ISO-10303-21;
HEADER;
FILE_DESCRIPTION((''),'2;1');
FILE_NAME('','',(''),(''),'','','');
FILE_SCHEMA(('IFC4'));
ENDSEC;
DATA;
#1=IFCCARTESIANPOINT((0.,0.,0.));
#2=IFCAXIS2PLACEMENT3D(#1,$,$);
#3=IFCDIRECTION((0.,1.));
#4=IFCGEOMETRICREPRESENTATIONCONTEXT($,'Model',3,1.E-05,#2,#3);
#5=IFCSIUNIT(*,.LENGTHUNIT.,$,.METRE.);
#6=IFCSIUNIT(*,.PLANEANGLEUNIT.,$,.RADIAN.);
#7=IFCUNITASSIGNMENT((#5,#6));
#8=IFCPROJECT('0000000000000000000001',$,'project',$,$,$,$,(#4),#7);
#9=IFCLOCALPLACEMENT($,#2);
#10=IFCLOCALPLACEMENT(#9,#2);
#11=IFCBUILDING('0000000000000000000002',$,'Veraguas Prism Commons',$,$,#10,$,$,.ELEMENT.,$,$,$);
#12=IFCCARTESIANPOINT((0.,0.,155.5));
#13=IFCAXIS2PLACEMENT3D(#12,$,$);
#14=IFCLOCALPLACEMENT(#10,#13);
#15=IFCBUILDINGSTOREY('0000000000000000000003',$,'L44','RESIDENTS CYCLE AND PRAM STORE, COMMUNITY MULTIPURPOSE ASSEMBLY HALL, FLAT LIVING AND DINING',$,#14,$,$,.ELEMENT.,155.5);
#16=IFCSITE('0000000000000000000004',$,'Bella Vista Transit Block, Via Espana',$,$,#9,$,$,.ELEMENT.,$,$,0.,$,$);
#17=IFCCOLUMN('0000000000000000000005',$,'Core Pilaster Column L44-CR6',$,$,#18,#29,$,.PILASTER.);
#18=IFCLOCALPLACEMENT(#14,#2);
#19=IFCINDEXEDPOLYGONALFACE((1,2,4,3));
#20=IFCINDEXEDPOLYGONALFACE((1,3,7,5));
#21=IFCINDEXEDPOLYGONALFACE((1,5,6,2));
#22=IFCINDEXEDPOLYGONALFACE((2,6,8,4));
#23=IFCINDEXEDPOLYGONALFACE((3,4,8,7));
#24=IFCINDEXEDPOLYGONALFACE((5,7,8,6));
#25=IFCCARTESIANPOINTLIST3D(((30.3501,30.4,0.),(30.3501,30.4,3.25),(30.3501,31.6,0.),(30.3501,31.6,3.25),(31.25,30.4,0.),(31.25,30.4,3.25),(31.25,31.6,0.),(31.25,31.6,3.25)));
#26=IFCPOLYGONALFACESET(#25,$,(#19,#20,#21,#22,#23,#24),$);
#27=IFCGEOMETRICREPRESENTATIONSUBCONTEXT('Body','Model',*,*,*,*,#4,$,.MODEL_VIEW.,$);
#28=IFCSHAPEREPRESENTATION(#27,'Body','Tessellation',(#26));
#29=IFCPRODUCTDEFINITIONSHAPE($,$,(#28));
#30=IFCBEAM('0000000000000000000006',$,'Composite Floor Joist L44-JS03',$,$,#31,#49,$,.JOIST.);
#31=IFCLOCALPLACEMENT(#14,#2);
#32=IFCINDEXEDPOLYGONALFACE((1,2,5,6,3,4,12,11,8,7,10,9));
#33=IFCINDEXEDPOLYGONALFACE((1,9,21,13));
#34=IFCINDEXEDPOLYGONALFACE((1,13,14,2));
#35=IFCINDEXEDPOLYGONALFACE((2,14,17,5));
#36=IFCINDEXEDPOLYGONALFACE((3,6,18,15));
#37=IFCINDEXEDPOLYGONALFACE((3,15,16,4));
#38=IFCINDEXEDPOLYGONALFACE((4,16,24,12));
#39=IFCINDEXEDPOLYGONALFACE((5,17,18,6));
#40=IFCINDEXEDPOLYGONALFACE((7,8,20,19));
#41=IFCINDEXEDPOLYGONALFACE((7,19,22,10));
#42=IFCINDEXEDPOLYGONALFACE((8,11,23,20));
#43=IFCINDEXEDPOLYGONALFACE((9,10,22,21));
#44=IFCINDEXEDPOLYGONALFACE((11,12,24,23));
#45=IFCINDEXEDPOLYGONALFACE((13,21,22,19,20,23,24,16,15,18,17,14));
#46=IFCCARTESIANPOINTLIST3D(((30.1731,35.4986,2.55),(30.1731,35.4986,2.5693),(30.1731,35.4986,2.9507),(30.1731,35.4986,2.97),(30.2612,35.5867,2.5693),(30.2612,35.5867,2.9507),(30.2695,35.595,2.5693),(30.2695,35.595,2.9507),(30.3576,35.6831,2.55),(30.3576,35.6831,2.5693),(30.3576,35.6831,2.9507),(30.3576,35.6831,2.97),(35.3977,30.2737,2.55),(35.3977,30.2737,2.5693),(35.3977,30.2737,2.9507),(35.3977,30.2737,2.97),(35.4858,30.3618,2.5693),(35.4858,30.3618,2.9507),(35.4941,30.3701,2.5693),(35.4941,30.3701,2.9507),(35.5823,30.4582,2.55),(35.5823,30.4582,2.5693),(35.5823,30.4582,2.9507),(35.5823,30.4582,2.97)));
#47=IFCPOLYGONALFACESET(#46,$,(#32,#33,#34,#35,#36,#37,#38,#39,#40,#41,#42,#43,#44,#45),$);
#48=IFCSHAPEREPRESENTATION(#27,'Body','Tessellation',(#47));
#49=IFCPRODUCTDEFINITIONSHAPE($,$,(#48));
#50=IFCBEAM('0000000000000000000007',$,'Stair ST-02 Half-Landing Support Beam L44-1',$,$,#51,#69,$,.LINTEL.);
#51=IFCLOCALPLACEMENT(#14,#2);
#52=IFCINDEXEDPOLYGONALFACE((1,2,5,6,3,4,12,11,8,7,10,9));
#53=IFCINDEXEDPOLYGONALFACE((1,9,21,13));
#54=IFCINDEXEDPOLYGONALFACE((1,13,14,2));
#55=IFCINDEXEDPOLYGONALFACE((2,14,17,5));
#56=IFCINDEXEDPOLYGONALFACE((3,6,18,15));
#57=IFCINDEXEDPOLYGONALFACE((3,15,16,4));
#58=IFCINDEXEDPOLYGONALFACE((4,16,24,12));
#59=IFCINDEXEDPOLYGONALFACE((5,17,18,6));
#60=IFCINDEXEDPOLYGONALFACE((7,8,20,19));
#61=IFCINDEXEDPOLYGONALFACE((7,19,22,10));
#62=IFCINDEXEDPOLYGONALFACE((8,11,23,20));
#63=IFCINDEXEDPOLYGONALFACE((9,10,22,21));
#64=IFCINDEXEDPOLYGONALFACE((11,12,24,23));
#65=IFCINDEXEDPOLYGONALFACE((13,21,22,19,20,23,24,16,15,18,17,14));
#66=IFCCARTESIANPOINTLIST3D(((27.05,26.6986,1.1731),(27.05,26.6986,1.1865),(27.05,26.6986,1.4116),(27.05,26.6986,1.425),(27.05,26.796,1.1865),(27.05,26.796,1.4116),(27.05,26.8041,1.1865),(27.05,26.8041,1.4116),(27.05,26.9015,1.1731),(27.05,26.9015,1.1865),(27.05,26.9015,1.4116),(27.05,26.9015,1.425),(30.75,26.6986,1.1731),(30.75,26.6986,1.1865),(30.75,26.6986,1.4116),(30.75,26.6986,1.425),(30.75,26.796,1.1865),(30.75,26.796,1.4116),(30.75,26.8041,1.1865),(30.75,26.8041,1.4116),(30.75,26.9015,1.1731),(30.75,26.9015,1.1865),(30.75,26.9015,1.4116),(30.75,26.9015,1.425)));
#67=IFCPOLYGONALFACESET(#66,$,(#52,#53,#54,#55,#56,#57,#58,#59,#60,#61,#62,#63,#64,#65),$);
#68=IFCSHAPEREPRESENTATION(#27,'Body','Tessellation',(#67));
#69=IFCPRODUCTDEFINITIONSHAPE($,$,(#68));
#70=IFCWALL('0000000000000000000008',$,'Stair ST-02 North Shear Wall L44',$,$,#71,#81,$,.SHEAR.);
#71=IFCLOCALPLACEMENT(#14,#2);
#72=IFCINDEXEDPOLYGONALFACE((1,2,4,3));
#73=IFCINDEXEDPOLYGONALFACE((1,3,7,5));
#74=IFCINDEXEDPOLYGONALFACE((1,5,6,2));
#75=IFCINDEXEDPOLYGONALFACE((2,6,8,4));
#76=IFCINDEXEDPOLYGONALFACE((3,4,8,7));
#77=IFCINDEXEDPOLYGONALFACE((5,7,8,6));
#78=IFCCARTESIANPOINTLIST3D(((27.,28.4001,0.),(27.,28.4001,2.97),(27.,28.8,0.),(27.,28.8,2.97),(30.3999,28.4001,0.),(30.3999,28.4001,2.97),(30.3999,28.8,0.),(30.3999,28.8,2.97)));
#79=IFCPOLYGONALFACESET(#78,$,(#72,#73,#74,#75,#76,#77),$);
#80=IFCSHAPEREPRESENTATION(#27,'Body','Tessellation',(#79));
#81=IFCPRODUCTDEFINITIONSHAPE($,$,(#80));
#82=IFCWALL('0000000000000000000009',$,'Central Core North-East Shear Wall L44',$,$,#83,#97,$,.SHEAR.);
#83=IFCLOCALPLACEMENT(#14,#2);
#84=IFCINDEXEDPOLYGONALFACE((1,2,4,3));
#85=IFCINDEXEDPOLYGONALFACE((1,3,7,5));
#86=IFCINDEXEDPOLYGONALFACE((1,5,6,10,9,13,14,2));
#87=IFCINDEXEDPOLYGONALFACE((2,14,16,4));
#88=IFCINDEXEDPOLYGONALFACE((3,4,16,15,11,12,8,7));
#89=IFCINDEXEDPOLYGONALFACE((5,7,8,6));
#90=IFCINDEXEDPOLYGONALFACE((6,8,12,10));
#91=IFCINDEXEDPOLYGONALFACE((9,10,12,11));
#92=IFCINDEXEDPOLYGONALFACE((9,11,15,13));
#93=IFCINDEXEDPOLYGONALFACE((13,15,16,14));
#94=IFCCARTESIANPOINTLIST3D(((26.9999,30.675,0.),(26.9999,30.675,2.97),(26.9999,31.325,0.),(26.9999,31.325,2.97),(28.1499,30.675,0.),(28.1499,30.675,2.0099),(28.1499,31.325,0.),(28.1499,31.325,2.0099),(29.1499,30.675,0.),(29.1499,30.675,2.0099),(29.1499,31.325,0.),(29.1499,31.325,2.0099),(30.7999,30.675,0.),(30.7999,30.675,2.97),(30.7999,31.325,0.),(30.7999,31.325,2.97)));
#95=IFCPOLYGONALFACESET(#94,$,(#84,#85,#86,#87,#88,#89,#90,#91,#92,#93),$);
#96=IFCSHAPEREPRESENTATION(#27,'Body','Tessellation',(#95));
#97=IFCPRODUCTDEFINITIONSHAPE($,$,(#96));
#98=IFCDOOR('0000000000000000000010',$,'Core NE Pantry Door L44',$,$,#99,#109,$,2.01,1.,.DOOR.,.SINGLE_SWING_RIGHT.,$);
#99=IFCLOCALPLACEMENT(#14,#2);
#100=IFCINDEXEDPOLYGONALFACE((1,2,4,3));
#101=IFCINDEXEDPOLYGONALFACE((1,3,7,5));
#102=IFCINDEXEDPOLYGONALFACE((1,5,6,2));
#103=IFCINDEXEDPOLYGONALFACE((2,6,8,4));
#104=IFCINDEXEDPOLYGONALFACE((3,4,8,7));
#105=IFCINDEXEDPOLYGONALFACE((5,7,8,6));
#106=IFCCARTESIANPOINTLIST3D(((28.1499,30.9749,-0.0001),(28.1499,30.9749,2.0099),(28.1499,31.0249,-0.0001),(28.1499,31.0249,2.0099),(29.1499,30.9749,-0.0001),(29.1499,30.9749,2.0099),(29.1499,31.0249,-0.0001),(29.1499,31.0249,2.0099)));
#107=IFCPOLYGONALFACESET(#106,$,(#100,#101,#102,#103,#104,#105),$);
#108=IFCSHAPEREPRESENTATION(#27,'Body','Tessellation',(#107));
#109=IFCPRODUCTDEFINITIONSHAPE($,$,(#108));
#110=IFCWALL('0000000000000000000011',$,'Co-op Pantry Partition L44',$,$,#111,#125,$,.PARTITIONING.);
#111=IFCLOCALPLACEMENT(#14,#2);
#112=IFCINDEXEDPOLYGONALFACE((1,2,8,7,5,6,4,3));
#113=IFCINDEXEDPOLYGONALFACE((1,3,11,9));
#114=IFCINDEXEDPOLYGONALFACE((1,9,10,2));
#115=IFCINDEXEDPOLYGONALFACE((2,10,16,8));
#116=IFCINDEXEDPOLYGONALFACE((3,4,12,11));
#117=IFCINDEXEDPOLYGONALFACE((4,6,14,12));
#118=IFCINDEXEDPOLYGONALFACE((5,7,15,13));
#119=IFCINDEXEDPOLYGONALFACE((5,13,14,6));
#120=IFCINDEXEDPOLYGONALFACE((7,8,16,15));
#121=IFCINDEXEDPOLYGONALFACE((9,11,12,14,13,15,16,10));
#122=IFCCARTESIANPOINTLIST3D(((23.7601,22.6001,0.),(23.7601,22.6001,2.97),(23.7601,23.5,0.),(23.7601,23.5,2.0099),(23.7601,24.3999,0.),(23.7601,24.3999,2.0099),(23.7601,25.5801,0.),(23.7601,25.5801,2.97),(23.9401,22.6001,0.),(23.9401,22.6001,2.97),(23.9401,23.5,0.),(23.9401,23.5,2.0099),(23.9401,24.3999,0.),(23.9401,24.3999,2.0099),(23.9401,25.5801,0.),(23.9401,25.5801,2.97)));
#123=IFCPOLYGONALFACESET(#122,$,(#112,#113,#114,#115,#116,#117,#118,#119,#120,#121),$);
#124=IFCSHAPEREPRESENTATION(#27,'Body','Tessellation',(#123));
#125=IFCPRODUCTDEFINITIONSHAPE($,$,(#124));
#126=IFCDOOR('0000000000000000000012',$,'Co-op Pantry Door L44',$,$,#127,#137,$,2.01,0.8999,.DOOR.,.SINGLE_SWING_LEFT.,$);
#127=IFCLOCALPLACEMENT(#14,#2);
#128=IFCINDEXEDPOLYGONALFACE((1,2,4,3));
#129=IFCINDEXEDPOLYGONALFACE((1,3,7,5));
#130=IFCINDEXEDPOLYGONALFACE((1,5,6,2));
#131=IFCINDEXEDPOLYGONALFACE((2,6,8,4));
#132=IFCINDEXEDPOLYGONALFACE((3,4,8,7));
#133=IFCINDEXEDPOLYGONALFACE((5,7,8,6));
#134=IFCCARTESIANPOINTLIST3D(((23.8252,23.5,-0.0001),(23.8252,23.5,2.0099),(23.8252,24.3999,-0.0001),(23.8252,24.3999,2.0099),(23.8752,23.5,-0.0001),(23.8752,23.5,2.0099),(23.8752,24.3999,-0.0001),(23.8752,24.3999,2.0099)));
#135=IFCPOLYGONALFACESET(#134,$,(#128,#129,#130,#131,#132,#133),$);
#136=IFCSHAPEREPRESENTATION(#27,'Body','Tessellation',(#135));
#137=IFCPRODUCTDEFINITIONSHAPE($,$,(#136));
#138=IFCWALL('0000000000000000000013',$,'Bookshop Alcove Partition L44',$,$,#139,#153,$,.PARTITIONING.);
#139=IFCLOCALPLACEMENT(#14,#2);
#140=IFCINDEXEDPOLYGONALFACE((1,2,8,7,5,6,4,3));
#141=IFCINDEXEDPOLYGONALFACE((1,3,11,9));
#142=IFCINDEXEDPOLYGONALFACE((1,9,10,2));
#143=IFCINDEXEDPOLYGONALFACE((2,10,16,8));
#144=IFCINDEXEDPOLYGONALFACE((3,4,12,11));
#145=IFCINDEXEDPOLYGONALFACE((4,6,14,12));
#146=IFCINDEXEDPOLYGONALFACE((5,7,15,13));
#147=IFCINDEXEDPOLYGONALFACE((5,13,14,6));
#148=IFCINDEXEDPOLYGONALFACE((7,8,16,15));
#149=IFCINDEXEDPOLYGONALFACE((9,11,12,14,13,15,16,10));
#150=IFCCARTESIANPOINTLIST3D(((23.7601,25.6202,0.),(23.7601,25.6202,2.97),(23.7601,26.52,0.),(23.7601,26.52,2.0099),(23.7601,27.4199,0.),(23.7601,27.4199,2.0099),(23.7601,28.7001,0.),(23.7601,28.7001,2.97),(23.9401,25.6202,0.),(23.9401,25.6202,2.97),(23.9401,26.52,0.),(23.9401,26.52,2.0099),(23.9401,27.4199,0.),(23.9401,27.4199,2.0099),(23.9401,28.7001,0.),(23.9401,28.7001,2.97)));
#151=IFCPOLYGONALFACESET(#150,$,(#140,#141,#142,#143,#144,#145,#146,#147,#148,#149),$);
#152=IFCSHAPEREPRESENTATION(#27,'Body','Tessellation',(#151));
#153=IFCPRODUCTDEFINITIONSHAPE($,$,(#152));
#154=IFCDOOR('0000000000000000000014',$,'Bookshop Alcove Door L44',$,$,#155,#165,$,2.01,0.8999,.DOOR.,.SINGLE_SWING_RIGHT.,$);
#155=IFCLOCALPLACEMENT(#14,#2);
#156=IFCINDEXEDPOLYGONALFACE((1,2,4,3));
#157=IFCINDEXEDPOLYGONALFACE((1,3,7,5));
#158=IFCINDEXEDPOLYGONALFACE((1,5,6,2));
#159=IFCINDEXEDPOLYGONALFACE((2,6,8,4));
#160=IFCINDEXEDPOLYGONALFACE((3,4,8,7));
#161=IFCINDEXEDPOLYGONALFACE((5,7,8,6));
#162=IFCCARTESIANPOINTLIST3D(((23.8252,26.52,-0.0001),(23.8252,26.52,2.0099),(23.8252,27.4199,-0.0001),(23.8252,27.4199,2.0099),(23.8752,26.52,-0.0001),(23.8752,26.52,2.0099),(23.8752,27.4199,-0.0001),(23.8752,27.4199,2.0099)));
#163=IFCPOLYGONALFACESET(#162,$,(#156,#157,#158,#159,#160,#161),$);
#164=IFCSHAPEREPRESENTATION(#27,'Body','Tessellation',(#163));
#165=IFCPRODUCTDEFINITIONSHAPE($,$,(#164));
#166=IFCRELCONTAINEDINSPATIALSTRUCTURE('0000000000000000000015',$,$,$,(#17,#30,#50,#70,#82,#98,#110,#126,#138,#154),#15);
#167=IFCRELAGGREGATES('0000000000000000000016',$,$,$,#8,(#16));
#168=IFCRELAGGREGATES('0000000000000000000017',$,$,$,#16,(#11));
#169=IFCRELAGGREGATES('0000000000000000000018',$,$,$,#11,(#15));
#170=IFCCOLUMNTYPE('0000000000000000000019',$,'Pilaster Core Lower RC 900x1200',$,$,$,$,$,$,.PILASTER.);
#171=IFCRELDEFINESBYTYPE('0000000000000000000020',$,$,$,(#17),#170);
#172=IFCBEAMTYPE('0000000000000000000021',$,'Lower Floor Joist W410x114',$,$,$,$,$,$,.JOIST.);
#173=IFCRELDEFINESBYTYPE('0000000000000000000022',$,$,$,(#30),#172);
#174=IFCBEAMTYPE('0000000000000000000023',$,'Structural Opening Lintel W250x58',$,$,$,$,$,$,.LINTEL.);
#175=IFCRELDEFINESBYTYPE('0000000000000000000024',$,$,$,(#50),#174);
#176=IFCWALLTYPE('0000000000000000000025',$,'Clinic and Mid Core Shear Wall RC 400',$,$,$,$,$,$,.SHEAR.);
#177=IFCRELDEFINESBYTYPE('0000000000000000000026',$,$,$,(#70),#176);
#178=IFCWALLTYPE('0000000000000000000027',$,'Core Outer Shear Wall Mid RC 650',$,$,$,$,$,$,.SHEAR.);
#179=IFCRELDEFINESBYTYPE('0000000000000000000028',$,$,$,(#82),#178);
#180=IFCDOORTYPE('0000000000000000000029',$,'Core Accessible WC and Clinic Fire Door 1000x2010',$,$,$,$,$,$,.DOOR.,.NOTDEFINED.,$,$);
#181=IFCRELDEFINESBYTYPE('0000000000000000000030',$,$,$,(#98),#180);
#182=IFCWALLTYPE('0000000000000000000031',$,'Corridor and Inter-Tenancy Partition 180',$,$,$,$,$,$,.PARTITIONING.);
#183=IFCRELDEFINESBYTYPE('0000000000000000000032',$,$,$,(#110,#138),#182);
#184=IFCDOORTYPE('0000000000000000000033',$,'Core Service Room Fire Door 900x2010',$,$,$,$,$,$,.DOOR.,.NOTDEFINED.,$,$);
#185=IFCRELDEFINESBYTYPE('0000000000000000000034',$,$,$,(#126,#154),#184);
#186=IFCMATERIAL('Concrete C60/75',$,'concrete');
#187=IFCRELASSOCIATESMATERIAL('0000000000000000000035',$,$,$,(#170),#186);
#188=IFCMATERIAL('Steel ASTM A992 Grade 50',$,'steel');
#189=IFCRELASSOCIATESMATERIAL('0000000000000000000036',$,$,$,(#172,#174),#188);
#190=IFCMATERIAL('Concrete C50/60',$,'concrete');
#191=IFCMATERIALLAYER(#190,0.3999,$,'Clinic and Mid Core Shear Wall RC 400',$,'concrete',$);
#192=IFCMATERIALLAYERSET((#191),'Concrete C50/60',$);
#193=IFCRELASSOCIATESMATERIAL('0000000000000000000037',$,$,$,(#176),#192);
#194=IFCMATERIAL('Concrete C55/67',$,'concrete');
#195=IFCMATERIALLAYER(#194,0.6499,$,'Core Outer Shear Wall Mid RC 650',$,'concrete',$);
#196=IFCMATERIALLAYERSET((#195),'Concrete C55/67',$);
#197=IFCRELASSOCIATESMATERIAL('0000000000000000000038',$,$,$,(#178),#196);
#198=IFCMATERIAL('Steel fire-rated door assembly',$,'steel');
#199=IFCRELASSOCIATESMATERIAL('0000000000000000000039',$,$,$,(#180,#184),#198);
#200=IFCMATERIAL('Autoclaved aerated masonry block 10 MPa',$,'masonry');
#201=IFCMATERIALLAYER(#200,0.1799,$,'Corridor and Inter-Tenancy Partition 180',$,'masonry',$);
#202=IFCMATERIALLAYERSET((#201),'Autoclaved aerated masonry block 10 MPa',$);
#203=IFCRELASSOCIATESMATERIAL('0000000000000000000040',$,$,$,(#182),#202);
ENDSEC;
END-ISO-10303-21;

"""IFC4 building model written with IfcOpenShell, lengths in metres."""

from ifc_helpers import new_model, si_unit, direction, frame, frame_2d, origin, origin_2d, place, context, subcontext, project, spatial, rectangle, i_section, extrude, source, transform, mapped, material, layer, layer_set, material_profile, profile_set, type_object, element, fill, save


model = new_model("IFC4")

# Units and contexts
model_context = context("Model", 3, precision=1e-05, world=origin(), true_north=direction((0.0, 1.0)))
body_context = subcontext(model_context, "Body", "Model", "MODEL_VIEW")
ifc_project = project(units=[si_unit("LENGTHUNIT", "METRE"), si_unit("PLANEANGLEUNIT", "RADIAN")], contexts=[model_context])

# Site, building, storey
site_placement = place(None, origin())
site = spatial("IfcSite", under=ifc_project, at=site_placement, Name="Bella Vista Transit Block, Via Espana", CompositionType="ELEMENT", RefElevation=0.0)
building_placement = place(site_placement, origin())
building = spatial("IfcBuilding", under=site, at=building_placement, Name="Veraguas Prism Commons", CompositionType="ELEMENT")
storey_placement = place(building_placement, frame((0.0, 0.0, 155.5)))
storey = spatial("IfcBuildingStorey", under=building, at=storey_placement, Name="L44", Description="RESIDENTS CYCLE AND PRAM STORE, COMMUNITY MULTIPURPOSE ASSEMBLY HALL, FLAT LIVING AND DINING", CompositionType="ELEMENT", Elevation=155.5)

# Column
ifc_material_1 = material(Name="Concrete C60/75", Category="concrete")
ifc_material_profile_1 = material_profile(ifc_material_1, rectangle(XDim=0.8999, YDim=1.2, at=origin_2d()), Name="RC900X1200")
ifc_profile_set_1 = profile_set([ifc_material_profile_1], Name="Concrete C60/75")
column_type = type_object("IfcColumnType", Name="Pilaster Core Lower RC 900x1200", PredefinedType="PILASTER", material=ifc_profile_set_1)
column_placement = place(storey_placement, frame((30.8, 31.0, 0.0), z_axis=(0.0, 0.0, 1.0), x_axis=(1.0, 0.0, 0.0)))
element("IfcColumn", 1, at=column_placement, inside=storey, type_object=column_type, Name="Core Pilaster Column L44-CR6", PredefinedType="PILASTER", context=body_context, shape_type="SweptSolid", body=[
    extrude(rectangle(XDim=0.8999, YDim=1.2, at=origin_2d()), origin(), (0.0, 0.0, 1.0), 3.25),
])

# Beams
ifc_material_2 = material(Name="Steel ASTM A992 Grade 50", Category="steel")
ifc_material_profile_2 = material_profile(ifc_material_2, i_section(OverallWidth=0.261, OverallDepth=0.4199, WebThickness=0.0117, FlangeThickness=0.0193, at=origin_2d()), Name="W410X114")
ifc_profile_set_2 = profile_set([ifc_material_profile_2], Name="Steel ASTM A992 Grade 50")
beam_type_1 = type_object("IfcBeamType", Name="Lower Floor Joist W410x114", PredefinedType="JOIST", material=ifc_profile_set_2)
beam_1_placement = place(storey_placement, frame((35.49, 30.366, 2.76), z_axis=(-0.70709, 0.707123, 0.0), x_axis=(-0.707123, -0.70709, 0.0)))
element("IfcBeam", 2, at=beam_1_placement, inside=storey, type_object=beam_type_1, Name="Composite Floor Joist L44-JS03", PredefinedType="JOIST", context=body_context, shape_type="SweptSolid", body=[
    extrude(i_section(OverallWidth=0.261, OverallDepth=0.4199, WebThickness=0.0117, FlangeThickness=0.0193, at=origin_2d()), origin(), (0.0, 0.0, 1.0), 7.3889),
])
ifc_material_profile_3 = material_profile(ifc_material_2, i_section(OverallWidth=0.2029, OverallDepth=0.252, WebThickness=0.0081, FlangeThickness=0.0134, at=origin_2d()), Name="W250X58")
ifc_profile_set_3 = profile_set([ifc_material_profile_3], Name="Steel ASTM A992 Grade 50")
beam_type_2 = type_object("IfcBeamType", Name="Structural Opening Lintel W250x58", PredefinedType="LINTEL", material=ifc_profile_set_3)
beam_2_placement = place(storey_placement, frame((27.05, 26.8, 1.2991), z_axis=(1.0, 0.0, 0.0), x_axis=(0.0, 1.0, 0.0)))
element("IfcBeam", 3, at=beam_2_placement, inside=storey, type_object=beam_type_2, Name="Stair ST-02 Half-Landing Support Beam L44-1", PredefinedType="LINTEL", context=body_context, shape_type="SweptSolid", body=[
    extrude(i_section(OverallWidth=0.2029, OverallDepth=0.252, WebThickness=0.0081, FlangeThickness=0.0134, at=origin_2d()), origin(), (0.0, 0.0, 1.0), 3.7),
])

# Wall
ifc_material_3 = material(Name="Concrete C50/60", Category="concrete")
ifc_layer_1 = layer(ifc_material_3, 0.3999, Name="Clinic and Mid Core Shear Wall RC 400", Category="concrete")
ifc_layer_set_1 = layer_set([ifc_layer_1], Name="Concrete C50/60")
wall_type_1 = type_object("IfcWallType", Name="Clinic and Mid Core Shear Wall RC 400", PredefinedType="SHEAR", material=ifc_layer_set_1)
wall_1_placement = place(storey_placement, frame((27.0, 28.6001, 0.0), z_axis=(0.0, 0.0, 1.0), x_axis=(1.0, 0.0, 0.0)))
element("IfcWall", 4, at=wall_1_placement, inside=storey, type_object=wall_type_1, Name="Stair ST-02 North Shear Wall L44", PredefinedType="SHEAR", context=body_context, shape_type="SweptSolid", body=[
    extrude(rectangle(XDim=3.3999, YDim=0.3999, at=frame_2d((1.7, 0.0))), origin(), (0.0, 0.0, 1.0), 2.97),
])

# Walls, openings, doors
ifc_material_4 = material(Name="Concrete C55/67", Category="concrete")
ifc_layer_2 = layer(ifc_material_4, 0.6499, Name="Core Outer Shear Wall Mid RC 650", Category="concrete")
ifc_layer_set_2 = layer_set([ifc_layer_2], Name="Concrete C55/67")
wall_type_2 = type_object("IfcWallType", Name="Core Outer Shear Wall Mid RC 650", PredefinedType="SHEAR", material=ifc_layer_set_2)
wall_2_placement = place(storey_placement, frame((27.0, 31.0, 0.0), z_axis=(0.0, 0.0, 1.0), x_axis=(1.0, 0.0, 0.0)))
wall_2 = element("IfcWall", 5, at=wall_2_placement, inside=storey, type_object=wall_type_2, Name="Central Core North-East Shear Wall L44", PredefinedType="SHEAR", context=body_context, shape_type="SweptSolid", body=[
    extrude(rectangle(XDim=3.8, YDim=0.6499, at=frame_2d((1.8999, 0.0))), origin(), (0.0, 0.0, 1.0), 2.97),
])
opening_1_placement = place(wall_2_placement, frame((1.1499, 0.0, 0.0)))
opening_1 = element("IfcOpeningElement", 6, at=opening_1_placement, cuts=wall_2, PredefinedType="OPENING", context=body_context, shape_type="SweptSolid", body=[
    extrude(rectangle(XDim=1.0, YDim=2.01, at=frame_2d((0.5, 1.0049))), frame((0.0, 0.335, 0.0), z_axis=(0.0, -1.0, 0.0), x_axis=(1.0, 0.0, 0.0)), (0.0, 0.0, 1.0), 0.6699),
])
ifc_material_5 = material(Name="Steel fire-rated door assembly", Category="steel")
door_type_1 = type_object("IfcDoorType", Name="Core Accessible WC and Clinic Fire Door 1000x2010", OperationType="NOTDEFINED", PredefinedType="DOOR", material=ifc_material_5)
shared_shape_1 = source(origin(), body_context, "Body", "SweptSolid", [
    extrude(rectangle(XDim=1.0, YDim=2.01, at=frame_2d((0.5, 1.0049))), frame((0.0, 0.0249, 0.0), z_axis=(0.0, -1.0, 0.0), x_axis=(1.0, 0.0, 0.0)), (0.0, 0.0, 1.0), 0.05),
])
door_1_placement = place(opening_1_placement, origin())
door_1 = element("IfcDoor", 7, at=door_1_placement, inside=storey, type_object=door_type_1, Name="Core NE Pantry Door L44", OperationType="SINGLE_SWING_RIGHT", OverallHeight=2.01, OverallWidth=1.0, PredefinedType="DOOR", context=body_context, shape_type="MappedRepresentation", body=[
    mapped(shared_shape_1, transform((0.0, 0.0, 0.0), scale=1.0)),
])
fill(opening_1, door_1)
ifc_material_6 = material(Name="Autoclaved aerated masonry block 10 MPa", Category="masonry")
ifc_layer_3 = layer(ifc_material_6, 0.1799, Name="Corridor and Inter-Tenancy Partition 180", Category="masonry")
ifc_layer_set_3 = layer_set([ifc_layer_3], Name="Autoclaved aerated masonry block 10 MPa")
wall_type_3 = type_object("IfcWallType", Name="Corridor and Inter-Tenancy Partition 180", PredefinedType="PARTITIONING", material=ifc_layer_set_3)
wall_3_placement = place(storey_placement, frame((23.8501, 22.6001, 0.0), z_axis=(0.0, 0.0, 1.0), x_axis=(0.0, 1.0, 0.0)))
wall_3 = element("IfcWall", 8, at=wall_3_placement, inside=storey, type_object=wall_type_3, Name="Co-op Pantry Partition L44", PredefinedType="PARTITIONING", context=body_context, shape_type="SweptSolid", body=[
    extrude(rectangle(XDim=2.98, YDim=0.1799, at=frame_2d((1.49, 0.0))), origin(), (0.0, 0.0, 1.0), 2.97),
])
opening_2_placement = place(wall_3_placement, frame((0.8999, 0.0, 0.0)))
opening_2 = element("IfcOpeningElement", 9, at=opening_2_placement, cuts=wall_3, PredefinedType="OPENING", context=body_context, shape_type="SweptSolid", body=[
    extrude(rectangle(XDim=0.8999, YDim=2.01, at=frame_2d((0.45, 1.0049))), frame((0.0, 0.0999, 0.0), z_axis=(0.0, -1.0, 0.0), x_axis=(1.0, 0.0, 0.0)), (0.0, 0.0, 1.0), 0.2),
])
door_type_2 = type_object("IfcDoorType", Name="Core Service Room Fire Door 900x2010", OperationType="NOTDEFINED", PredefinedType="DOOR", material=ifc_material_5)
shared_shape_2 = source(origin(), body_context, "Body", "SweptSolid", [
    extrude(rectangle(XDim=0.8999, YDim=2.01, at=frame_2d((0.45, 1.0049))), frame((0.0, 0.0249, 0.0), z_axis=(0.0, -1.0, 0.0), x_axis=(1.0, 0.0, 0.0)), (0.0, 0.0, 1.0), 0.05),
])
door_2_placement = place(opening_2_placement, origin())
door_2 = element("IfcDoor", 10, at=door_2_placement, inside=storey, type_object=door_type_2, Name="Co-op Pantry Door L44", OperationType="SINGLE_SWING_LEFT", OverallHeight=2.01, OverallWidth=0.8999, PredefinedType="DOOR", context=body_context, shape_type="MappedRepresentation", body=[
    mapped(shared_shape_2, transform((0.0, 0.0, 0.0), scale=1.0)),
])
fill(opening_2, door_2)
wall_4_placement = place(storey_placement, frame((23.8501, 25.6201, 0.0), z_axis=(0.0, 0.0, 1.0), x_axis=(0.0, 1.0, 0.0)))
wall_4 = element("IfcWall", 11, at=wall_4_placement, inside=storey, type_object=wall_type_3, Name="Bookshop Alcove Partition L44", PredefinedType="PARTITIONING", context=body_context, shape_type="SweptSolid", body=[
    extrude(rectangle(XDim=3.0798, YDim=0.1799, at=frame_2d((1.54, 0.0))), origin(), (0.0, 0.0, 1.0), 2.97),
])
opening_3_placement = place(wall_4_placement, frame((0.8999, 0.0, 0.0)))
opening_3 = element("IfcOpeningElement", 12, at=opening_3_placement, cuts=wall_4, PredefinedType="OPENING", context=body_context, shape_type="SweptSolid", body=[
    extrude(rectangle(XDim=0.8999, YDim=2.01, at=frame_2d((0.45, 1.0049))), frame((0.0, 0.0999, 0.0), z_axis=(0.0, -1.0, 0.0), x_axis=(1.0, 0.0, 0.0)), (0.0, 0.0, 1.0), 0.2),
])
door_3_placement = place(opening_3_placement, origin())
door_3 = element("IfcDoor", 13, at=door_3_placement, inside=storey, type_object=door_type_2, Name="Bookshop Alcove Door L44", OperationType="SINGLE_SWING_RIGHT", OverallHeight=2.01, OverallWidth=0.8999, PredefinedType="DOOR", context=body_context, shape_type="MappedRepresentation", body=[
    mapped(shared_shape_2, transform((0.0, 0.0, 0.0), scale=1.0)),
])
fill(opening_3, door_3)

save(model, "model.ifc")
